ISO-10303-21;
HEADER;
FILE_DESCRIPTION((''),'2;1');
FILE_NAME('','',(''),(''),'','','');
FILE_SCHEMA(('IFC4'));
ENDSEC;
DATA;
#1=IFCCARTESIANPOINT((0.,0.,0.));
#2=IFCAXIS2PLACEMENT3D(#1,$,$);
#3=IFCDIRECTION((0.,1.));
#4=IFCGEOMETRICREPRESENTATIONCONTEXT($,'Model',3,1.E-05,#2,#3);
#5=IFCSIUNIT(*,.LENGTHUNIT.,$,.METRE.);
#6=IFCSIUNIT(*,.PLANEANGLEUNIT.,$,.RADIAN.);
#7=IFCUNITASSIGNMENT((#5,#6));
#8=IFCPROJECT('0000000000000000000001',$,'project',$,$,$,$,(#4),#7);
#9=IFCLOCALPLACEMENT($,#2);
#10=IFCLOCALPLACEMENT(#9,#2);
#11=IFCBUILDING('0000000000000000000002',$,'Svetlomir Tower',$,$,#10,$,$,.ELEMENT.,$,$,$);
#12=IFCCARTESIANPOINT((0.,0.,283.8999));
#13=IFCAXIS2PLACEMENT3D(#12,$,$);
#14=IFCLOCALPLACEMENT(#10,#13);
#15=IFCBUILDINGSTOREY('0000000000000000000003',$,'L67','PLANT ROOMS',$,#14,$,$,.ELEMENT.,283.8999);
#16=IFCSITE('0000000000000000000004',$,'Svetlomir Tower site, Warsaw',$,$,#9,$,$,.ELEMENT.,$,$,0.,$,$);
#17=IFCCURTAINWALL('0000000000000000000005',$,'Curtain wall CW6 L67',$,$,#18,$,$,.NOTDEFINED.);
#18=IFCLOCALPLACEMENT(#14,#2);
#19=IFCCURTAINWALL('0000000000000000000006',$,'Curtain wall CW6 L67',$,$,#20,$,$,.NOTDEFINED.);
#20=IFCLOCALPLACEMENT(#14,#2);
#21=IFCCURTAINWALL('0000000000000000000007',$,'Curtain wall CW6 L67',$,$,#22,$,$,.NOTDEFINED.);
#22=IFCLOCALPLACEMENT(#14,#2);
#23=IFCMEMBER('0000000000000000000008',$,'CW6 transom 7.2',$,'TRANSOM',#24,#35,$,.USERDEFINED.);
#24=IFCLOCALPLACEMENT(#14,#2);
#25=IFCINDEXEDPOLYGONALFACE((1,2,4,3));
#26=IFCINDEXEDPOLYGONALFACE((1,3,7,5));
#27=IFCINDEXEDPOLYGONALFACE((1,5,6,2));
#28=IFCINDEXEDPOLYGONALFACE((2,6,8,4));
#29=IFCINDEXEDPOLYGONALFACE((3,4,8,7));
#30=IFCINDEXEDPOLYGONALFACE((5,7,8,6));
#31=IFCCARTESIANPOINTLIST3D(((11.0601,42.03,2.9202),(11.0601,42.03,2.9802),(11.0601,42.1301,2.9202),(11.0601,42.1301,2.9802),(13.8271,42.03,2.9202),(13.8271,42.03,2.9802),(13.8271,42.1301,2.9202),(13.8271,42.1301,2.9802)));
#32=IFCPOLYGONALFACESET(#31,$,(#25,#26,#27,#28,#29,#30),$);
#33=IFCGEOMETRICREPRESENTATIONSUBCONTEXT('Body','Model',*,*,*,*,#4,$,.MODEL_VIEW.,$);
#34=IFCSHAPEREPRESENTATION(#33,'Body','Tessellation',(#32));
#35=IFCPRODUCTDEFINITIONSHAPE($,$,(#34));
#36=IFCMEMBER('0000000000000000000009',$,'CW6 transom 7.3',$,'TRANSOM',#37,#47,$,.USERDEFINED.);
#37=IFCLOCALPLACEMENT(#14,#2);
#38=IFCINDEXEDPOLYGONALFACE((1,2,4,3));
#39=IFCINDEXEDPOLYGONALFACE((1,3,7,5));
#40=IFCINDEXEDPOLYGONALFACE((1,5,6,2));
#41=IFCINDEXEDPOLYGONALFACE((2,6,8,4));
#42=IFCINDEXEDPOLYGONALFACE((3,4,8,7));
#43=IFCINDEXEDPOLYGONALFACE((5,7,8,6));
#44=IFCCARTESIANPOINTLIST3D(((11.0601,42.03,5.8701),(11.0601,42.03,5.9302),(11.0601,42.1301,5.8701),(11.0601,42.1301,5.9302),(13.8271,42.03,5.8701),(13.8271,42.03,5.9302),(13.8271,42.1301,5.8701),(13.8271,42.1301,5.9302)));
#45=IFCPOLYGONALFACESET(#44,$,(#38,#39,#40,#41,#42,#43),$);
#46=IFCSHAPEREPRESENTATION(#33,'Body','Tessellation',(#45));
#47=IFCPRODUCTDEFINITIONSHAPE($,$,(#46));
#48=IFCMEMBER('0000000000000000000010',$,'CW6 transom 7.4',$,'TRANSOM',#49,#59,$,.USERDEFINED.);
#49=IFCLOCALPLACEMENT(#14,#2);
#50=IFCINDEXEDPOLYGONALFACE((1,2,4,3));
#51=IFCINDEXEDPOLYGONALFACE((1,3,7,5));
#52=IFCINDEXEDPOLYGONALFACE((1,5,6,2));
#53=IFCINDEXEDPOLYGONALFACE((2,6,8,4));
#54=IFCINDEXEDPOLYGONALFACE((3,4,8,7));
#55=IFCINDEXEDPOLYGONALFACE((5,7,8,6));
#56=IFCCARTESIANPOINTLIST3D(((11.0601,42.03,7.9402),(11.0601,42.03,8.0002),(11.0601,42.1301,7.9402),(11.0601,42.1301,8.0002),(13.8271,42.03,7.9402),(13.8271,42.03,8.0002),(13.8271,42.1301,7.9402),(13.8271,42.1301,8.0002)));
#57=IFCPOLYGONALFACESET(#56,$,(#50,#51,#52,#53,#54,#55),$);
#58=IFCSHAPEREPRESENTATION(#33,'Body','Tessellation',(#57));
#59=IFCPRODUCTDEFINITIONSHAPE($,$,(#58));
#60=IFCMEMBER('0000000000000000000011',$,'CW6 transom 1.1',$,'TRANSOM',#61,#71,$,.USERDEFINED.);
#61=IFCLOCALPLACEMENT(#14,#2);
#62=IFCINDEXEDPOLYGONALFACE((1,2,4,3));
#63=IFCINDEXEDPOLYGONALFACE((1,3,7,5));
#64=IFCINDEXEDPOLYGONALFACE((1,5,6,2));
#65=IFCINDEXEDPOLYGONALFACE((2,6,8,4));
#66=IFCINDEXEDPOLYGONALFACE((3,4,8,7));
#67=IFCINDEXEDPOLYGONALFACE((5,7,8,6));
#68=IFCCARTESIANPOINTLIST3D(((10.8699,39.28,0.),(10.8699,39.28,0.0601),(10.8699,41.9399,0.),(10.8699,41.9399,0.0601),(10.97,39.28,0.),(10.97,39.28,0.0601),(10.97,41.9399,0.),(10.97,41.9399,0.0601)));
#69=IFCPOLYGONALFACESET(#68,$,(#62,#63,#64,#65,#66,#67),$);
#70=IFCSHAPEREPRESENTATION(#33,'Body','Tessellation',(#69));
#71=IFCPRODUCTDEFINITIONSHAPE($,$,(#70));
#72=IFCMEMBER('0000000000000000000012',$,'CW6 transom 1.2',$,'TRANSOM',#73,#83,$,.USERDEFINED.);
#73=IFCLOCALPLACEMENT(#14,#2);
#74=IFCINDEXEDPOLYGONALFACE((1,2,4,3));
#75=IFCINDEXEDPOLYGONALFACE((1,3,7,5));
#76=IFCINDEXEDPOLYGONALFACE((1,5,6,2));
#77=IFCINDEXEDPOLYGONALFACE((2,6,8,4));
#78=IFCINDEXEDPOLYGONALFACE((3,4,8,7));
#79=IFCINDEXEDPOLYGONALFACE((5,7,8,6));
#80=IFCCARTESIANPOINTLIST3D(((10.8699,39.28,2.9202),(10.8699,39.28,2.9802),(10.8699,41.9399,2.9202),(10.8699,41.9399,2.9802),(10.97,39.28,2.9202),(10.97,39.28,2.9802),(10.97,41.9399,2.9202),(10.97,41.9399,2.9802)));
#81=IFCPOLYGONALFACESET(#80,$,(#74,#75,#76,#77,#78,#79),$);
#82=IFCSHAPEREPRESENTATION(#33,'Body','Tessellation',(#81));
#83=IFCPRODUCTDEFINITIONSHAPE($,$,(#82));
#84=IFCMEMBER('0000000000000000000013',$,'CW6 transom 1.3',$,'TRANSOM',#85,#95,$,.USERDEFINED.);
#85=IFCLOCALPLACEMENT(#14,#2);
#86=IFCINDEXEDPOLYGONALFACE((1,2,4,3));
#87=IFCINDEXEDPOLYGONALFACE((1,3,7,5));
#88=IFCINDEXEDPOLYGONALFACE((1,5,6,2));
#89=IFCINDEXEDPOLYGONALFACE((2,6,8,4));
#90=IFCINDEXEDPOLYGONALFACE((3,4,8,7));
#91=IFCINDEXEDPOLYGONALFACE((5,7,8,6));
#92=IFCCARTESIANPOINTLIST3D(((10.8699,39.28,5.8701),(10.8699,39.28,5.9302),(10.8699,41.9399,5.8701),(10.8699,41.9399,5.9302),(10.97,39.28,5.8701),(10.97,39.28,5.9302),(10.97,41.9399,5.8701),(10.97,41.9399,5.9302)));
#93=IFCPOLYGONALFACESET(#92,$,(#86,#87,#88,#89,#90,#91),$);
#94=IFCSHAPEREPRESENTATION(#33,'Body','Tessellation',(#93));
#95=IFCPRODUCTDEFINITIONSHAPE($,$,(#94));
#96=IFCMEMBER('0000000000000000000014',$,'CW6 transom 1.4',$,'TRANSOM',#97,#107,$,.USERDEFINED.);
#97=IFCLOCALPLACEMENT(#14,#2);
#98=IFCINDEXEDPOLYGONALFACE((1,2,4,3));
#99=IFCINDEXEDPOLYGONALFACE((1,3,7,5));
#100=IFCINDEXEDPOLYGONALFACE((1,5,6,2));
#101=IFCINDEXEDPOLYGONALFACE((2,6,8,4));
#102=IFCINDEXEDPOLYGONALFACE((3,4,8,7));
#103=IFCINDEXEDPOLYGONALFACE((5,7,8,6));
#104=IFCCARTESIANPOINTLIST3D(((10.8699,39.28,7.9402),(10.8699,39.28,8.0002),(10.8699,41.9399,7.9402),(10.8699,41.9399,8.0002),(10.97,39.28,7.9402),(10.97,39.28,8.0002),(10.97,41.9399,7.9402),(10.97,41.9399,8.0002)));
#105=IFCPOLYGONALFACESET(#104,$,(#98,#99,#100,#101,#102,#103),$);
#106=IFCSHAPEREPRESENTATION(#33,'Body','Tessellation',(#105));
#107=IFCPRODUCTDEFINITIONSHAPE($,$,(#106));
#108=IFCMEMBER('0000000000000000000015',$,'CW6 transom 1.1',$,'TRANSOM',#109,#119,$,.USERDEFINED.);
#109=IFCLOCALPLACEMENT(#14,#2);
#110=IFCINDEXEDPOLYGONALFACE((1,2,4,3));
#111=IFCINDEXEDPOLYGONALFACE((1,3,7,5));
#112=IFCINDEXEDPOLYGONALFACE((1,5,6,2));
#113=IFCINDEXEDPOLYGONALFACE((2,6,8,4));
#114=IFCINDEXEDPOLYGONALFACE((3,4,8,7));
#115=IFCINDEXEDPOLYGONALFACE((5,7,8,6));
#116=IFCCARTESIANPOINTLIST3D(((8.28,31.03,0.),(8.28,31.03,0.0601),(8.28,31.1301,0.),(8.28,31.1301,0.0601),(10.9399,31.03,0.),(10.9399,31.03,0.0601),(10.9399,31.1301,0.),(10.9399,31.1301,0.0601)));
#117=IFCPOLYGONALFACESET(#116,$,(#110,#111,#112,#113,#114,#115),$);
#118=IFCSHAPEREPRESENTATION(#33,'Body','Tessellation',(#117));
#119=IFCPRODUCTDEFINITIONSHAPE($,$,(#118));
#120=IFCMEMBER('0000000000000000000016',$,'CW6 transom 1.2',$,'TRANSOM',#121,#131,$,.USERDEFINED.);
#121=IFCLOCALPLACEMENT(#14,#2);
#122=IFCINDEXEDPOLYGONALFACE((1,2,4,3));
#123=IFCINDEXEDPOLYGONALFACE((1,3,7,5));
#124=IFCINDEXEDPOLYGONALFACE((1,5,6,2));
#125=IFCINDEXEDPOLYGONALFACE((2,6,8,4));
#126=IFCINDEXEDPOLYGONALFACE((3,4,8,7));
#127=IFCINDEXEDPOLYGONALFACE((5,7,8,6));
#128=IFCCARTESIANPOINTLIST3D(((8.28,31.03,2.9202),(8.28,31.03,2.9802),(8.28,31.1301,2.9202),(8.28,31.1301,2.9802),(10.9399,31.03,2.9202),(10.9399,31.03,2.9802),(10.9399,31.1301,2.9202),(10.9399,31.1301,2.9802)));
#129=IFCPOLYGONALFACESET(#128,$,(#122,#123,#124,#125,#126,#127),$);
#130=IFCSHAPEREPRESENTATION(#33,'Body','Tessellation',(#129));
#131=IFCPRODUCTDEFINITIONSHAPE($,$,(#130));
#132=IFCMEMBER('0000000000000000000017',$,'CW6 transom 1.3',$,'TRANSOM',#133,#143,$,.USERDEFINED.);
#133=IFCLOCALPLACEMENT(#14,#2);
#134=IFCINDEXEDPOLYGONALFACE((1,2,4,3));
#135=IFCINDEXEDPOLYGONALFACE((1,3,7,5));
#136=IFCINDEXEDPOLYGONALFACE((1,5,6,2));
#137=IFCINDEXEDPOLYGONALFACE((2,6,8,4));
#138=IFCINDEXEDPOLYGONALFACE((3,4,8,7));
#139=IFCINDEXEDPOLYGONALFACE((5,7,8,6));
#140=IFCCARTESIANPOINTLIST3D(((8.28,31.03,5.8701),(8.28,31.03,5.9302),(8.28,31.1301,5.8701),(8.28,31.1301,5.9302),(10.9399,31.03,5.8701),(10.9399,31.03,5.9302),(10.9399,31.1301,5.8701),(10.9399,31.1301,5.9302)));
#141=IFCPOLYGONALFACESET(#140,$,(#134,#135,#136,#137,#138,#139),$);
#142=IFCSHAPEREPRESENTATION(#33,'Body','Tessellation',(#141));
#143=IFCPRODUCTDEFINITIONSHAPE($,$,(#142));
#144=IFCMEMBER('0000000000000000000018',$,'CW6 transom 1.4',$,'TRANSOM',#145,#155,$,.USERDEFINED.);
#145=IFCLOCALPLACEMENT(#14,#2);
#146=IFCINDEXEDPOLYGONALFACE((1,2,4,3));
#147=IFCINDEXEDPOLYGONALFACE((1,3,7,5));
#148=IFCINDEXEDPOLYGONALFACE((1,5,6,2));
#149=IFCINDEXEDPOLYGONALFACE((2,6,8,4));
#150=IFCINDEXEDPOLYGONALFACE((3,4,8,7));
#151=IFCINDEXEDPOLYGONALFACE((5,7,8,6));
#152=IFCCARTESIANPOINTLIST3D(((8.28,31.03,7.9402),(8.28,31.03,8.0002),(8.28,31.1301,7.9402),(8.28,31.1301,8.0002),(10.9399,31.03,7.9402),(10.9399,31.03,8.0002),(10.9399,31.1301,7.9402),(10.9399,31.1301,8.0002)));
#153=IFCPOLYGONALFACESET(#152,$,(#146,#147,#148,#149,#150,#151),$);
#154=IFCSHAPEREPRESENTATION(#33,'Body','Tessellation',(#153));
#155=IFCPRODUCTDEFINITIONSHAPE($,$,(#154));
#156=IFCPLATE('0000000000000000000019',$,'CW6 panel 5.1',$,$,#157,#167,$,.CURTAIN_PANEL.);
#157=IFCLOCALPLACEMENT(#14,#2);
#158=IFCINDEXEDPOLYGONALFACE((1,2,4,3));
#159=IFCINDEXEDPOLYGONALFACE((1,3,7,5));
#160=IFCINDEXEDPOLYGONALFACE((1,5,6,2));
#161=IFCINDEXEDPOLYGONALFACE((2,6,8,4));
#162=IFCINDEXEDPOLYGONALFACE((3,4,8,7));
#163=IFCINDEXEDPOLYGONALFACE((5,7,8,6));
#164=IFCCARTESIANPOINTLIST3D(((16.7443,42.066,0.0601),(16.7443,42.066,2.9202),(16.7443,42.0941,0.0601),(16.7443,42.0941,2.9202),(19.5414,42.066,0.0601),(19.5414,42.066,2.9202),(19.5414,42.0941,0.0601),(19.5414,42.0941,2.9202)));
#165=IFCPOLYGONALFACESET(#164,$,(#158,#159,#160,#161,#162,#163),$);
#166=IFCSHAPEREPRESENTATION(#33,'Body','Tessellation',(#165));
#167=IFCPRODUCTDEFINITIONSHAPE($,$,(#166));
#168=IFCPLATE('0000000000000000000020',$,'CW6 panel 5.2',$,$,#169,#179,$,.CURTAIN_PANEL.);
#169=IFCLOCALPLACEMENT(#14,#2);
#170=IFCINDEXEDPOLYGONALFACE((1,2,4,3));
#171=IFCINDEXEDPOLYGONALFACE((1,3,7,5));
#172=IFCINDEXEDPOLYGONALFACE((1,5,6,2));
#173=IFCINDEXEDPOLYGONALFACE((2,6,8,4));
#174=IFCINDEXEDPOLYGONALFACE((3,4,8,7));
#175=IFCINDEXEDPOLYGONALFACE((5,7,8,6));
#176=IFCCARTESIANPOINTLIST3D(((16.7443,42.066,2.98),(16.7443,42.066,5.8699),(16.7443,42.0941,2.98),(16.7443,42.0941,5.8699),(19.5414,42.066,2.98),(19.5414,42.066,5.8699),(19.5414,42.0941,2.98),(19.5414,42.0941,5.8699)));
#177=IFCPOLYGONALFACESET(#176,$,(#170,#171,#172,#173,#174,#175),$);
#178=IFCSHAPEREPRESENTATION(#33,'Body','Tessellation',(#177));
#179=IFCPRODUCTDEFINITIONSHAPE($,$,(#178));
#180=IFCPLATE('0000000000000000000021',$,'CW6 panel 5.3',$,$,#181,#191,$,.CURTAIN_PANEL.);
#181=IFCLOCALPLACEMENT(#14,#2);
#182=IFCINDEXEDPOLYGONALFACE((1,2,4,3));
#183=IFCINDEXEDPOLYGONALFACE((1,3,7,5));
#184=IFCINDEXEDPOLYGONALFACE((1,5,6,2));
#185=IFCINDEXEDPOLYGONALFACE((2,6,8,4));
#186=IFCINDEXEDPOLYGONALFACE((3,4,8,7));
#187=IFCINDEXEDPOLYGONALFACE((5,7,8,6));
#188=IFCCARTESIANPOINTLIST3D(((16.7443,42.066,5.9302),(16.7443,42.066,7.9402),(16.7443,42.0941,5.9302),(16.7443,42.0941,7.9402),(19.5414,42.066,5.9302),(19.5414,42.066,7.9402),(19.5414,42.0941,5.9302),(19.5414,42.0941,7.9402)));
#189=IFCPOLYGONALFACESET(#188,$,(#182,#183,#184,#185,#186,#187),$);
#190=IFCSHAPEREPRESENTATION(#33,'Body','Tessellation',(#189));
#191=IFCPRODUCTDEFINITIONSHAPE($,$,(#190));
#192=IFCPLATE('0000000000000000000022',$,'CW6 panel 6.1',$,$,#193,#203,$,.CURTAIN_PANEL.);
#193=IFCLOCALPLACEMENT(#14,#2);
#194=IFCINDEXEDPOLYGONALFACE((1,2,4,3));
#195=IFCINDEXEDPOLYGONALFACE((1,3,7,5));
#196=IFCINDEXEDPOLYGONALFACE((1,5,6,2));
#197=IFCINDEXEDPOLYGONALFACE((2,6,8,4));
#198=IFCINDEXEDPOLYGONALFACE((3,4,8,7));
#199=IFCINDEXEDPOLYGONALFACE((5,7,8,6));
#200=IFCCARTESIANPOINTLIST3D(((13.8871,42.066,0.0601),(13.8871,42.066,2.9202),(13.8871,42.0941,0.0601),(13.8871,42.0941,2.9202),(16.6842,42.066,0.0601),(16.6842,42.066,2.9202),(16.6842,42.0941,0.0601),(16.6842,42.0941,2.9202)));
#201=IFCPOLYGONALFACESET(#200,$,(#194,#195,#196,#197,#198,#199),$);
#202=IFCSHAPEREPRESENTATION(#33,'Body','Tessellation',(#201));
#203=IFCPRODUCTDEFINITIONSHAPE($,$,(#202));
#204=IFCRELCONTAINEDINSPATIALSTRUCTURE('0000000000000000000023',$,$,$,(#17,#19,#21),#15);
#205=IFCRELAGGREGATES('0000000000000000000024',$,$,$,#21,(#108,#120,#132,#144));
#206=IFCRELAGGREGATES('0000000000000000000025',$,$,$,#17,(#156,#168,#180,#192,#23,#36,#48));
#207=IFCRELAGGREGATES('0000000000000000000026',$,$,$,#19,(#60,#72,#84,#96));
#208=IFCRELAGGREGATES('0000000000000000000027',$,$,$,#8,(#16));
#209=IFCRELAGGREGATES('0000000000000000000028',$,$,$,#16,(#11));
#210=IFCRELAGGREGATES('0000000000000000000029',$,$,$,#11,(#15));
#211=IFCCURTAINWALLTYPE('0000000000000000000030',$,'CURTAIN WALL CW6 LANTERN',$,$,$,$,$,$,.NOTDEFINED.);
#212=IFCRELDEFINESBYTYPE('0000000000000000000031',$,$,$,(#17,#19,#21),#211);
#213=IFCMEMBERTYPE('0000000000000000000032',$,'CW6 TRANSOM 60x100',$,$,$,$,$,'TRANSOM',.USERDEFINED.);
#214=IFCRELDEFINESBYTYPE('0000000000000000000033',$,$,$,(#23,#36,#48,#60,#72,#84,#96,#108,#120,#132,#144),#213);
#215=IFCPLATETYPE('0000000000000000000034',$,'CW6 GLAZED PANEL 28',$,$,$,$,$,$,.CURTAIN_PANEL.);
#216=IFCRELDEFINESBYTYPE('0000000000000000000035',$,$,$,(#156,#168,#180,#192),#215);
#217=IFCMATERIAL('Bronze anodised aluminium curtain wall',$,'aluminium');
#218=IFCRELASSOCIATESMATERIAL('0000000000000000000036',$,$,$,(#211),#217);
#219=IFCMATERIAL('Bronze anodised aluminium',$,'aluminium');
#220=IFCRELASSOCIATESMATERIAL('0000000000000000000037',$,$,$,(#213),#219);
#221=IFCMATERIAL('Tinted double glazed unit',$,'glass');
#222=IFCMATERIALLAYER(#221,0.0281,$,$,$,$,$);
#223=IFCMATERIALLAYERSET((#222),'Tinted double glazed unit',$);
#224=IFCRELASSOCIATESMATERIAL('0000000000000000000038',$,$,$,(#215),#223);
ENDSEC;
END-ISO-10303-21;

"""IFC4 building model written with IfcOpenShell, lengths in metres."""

from ifc_helpers import new_model, si_unit, direction, frame, origin, origin_2d, place, context, subcontext, project, spatial, rectangle, extrude, material, layer, layer_set, material_profile, profile_set, type_object, element, aggregate, save


model = new_model("IFC4")

# Units and contexts
model_context = context("Model", 3, precision=1e-05, world=origin(), true_north=direction((0.0, 1.0)))
body_context = subcontext(model_context, "Body", "Model", "MODEL_VIEW")
ifc_project = project(units=[si_unit("LENGTHUNIT", "METRE"), si_unit("PLANEANGLEUNIT", "RADIAN")], contexts=[model_context])

# Site, building, storey
site_placement = place(None, origin())
site = spatial("IfcSite", under=ifc_project, at=site_placement, Name="Svetlomir Tower site, Warsaw", CompositionType="ELEMENT", RefElevation=0.0)
building_placement = place(site_placement, origin())
building = spatial("IfcBuilding", under=site, at=building_placement, Name="Svetlomir Tower", CompositionType="ELEMENT")
storey_placement = place(building_placement, frame((0.0, 0.0, 283.8999)))
storey = spatial("IfcBuildingStorey", under=building, at=storey_placement, Name="L67", Description="PLANT ROOMS", CompositionType="ELEMENT", Elevation=283.8999)

# Curtain wall
ifc_material_1 = material(Name="Bronze anodised aluminium curtain wall", Category="aluminium")
curtain_wall_type = type_object("IfcCurtainWallType", Name="CURTAIN WALL CW6 LANTERN", PredefinedType="NOTDEFINED", material=ifc_material_1)
curtain_wall_1_placement = place(storey_placement, origin())
curtain_wall_1 = element("IfcCurtainWall", 1, at=curtain_wall_1_placement, inside=storey, type_object=curtain_wall_type, Name="Curtain wall CW6 L67", PredefinedType="NOTDEFINED")

# Curtain walls
curtain_wall_2_placement = place(storey_placement, origin())
curtain_wall_2 = element("IfcCurtainWall", 2, at=curtain_wall_2_placement, inside=storey, type_object=curtain_wall_type, Name="Curtain wall CW6 L67", PredefinedType="NOTDEFINED")
curtain_wall_3_placement = place(storey_placement, origin())
curtain_wall_3 = element("IfcCurtainWall", 3, at=curtain_wall_3_placement, inside=storey, type_object=curtain_wall_type, Name="Curtain wall CW6 L67", PredefinedType="NOTDEFINED")

# Members
ifc_material_2 = material(Name="Bronze anodised aluminium", Category="aluminium")
ifc_material_profile_1 = material_profile(ifc_material_2, rectangle(XDim=0.1001, YDim=0.0601, at=origin_2d()), Name="AL 100x60")
ifc_profile_set_1 = profile_set([ifc_material_profile_1], Name="Bronze anodised aluminium 6063-T6")
member_type_1 = type_object("IfcMemberType", Name="CW6 TRANSOM 60x100", ElementType="TRANSOM", PredefinedType="USERDEFINED", material=ifc_profile_set_1)
member_1_placement = place(storey_placement, frame((13.8271, 42.0801, 2.9502), z_axis=(-1.0, 0.0, 0.0), x_axis=(0.0, -1.0, 0.0)))
member_1 = element("IfcMember", 4, at=member_1_placement, type_object=member_type_1, Name="CW6 transom 7.2", ObjectType="TRANSOM", PredefinedType="USERDEFINED", context=body_context, shape_type="SweptSolid", body=[
    extrude(rectangle(XDim=0.1001, YDim=0.0601, at=origin_2d()), origin(), (0.0, 0.0, 1.0), 2.7671),
])
member_2_placement = place(storey_placement, frame((13.8271, 42.0801, 5.9001), z_axis=(-1.0, 0.0, 0.0), x_axis=(0.0, -1.0, 0.0)))
member_2 = element("IfcMember", 5, at=member_2_placement, type_object=member_type_1, Name="CW6 transom 7.3", ObjectType="TRANSOM", PredefinedType="USERDEFINED", context=body_context, shape_type="SweptSolid", body=[
    extrude(rectangle(XDim=0.1001, YDim=0.0601, at=origin_2d()), origin(), (0.0, 0.0, 1.0), 2.7671),
])
member_3_placement = place(storey_placement, frame((13.8271, 42.0801, 7.9702), z_axis=(-1.0, 0.0, 0.0), x_axis=(0.0, -1.0, 0.0)))
member_3 = element("IfcMember", 6, at=member_3_placement, type_object=member_type_1, Name="CW6 transom 7.4", ObjectType="TRANSOM", PredefinedType="USERDEFINED", context=body_context, shape_type="SweptSolid", body=[
    extrude(rectangle(XDim=0.1001, YDim=0.0601, at=origin_2d()), origin(), (0.0, 0.0, 1.0), 2.7671),
])
member_4_placement = place(storey_placement, frame((10.9199, 41.9399, 0.03), z_axis=(0.0, -1.0, 0.0), x_axis=(1.0, 0.0, 0.0)))
member_4 = element("IfcMember", 7, at=member_4_placement, type_object=member_type_1, Name="CW6 transom 1.1", ObjectType="TRANSOM", PredefinedType="USERDEFINED", context=body_context, shape_type="SweptSolid", body=[
    extrude(rectangle(XDim=0.1001, YDim=0.0601, at=origin_2d()), origin(), (0.0, 0.0, 1.0), 2.6599),
])
member_5_placement = place(storey_placement, frame((10.9199, 41.9399, 2.9502), z_axis=(0.0, -1.0, 0.0), x_axis=(1.0, 0.0, 0.0)))
member_5 = element("IfcMember", 8, at=member_5_placement, type_object=member_type_1, Name="CW6 transom 1.2", ObjectType="TRANSOM", PredefinedType="USERDEFINED", context=body_context, shape_type="SweptSolid", body=[
    extrude(rectangle(XDim=0.1001, YDim=0.0601, at=origin_2d()), origin(), (0.0, 0.0, 1.0), 2.6599),
])
member_6_placement = place(storey_placement, frame((10.9199, 41.9399, 5.9001), z_axis=(0.0, -1.0, 0.0), x_axis=(1.0, 0.0, 0.0)))
member_6 = element("IfcMember", 9, at=member_6_placement, type_object=member_type_1, Name="CW6 transom 1.3", ObjectType="TRANSOM", PredefinedType="USERDEFINED", context=body_context, shape_type="SweptSolid", body=[
    extrude(rectangle(XDim=0.1001, YDim=0.0601, at=origin_2d()), origin(), (0.0, 0.0, 1.0), 2.6599),
])
member_7_placement = place(storey_placement, frame((10.9199, 41.9399, 7.9702), z_axis=(0.0, -1.0, 0.0), x_axis=(1.0, 0.0, 0.0)))
member_7 = element("IfcMember", 10, at=member_7_placement, type_object=member_type_1, Name="CW6 transom 1.4", ObjectType="TRANSOM", PredefinedType="USERDEFINED", context=body_context, shape_type="SweptSolid", body=[
    extrude(rectangle(XDim=0.1001, YDim=0.0601, at=origin_2d()), origin(), (0.0, 0.0, 1.0), 2.6599),
])
member_8_placement = place(storey_placement, frame((10.9399, 31.0801, 0.03), z_axis=(-1.0, 0.0, 0.0), x_axis=(0.0, -1.0, 0.0)))
member_8 = element("IfcMember", 11, at=member_8_placement, type_object=member_type_1, Name="CW6 transom 1.1", ObjectType="TRANSOM", PredefinedType="USERDEFINED", context=body_context, shape_type="SweptSolid", body=[
    extrude(rectangle(XDim=0.1001, YDim=0.0601, at=origin_2d()), origin(), (0.0, 0.0, 1.0), 2.6599),
])
member_9_placement = place(storey_placement, frame((10.9399, 31.0801, 2.9502), z_axis=(-1.0, 0.0, 0.0), x_axis=(0.0, -1.0, 0.0)))
member_9 = element("IfcMember", 12, at=member_9_placement, type_object=member_type_1, Name="CW6 transom 1.2", ObjectType="TRANSOM", PredefinedType="USERDEFINED", context=body_context, shape_type="SweptSolid", body=[
    extrude(rectangle(XDim=0.1001, YDim=0.0601, at=origin_2d()), origin(), (0.0, 0.0, 1.0), 2.6599),
])
member_10_placement = place(storey_placement, frame((10.9399, 31.0801, 5.9001), z_axis=(-1.0, 0.0, 0.0), x_axis=(0.0, -1.0, 0.0)))
member_10 = element("IfcMember", 13, at=member_10_placement, type_object=member_type_1, Name="CW6 transom 1.3", ObjectType="TRANSOM", PredefinedType="USERDEFINED", context=body_context, shape_type="SweptSolid", body=[
    extrude(rectangle(XDim=0.1001, YDim=0.0601, at=origin_2d()), origin(), (0.0, 0.0, 1.0), 2.6599),
])
member_11_placement = place(storey_placement, frame((10.9399, 31.0801, 7.9702), z_axis=(-1.0, 0.0, 0.0), x_axis=(0.0, -1.0, 0.0)))
member_11 = element("IfcMember", 14, at=member_11_placement, type_object=member_type_1, Name="CW6 transom 1.4", ObjectType="TRANSOM", PredefinedType="USERDEFINED", context=body_context, shape_type="SweptSolid", body=[
    extrude(rectangle(XDim=0.1001, YDim=0.0601, at=origin_2d()), origin(), (0.0, 0.0, 1.0), 2.6599),
])
aggregate(curtain_wall_3, [member_8, member_9, member_10, member_11])

# Plates
ifc_material_3 = material(Name="Tinted double glazed unit", Category="glass")
ifc_layer = layer(ifc_material_3, 0.0281)
ifc_layer_set = layer_set([ifc_layer], Name="Tinted double glazed unit")
plate_type = type_object("IfcPlateType", Name="CW6 GLAZED PANEL 28", PredefinedType="CURTAIN_PANEL", material=ifc_layer_set)
plate_1_placement = place(storey_placement, frame((18.1428, 42.0801, 0.0601), z_axis=(0.0, 0.0, 1.0), x_axis=(-1.0, 0.0, 0.0)))
plate_1 = element("IfcPlate", 15, at=plate_1_placement, type_object=plate_type, Name="CW6 panel 5.1", PredefinedType="CURTAIN_PANEL", context=body_context, shape_type="SweptSolid", body=[
    extrude(rectangle(XDim=2.7971, YDim=0.0281, at=origin_2d()), origin(), (0.0, 0.0, 1.0), 2.8601),
])
plate_2_placement = place(storey_placement, frame((18.1428, 42.0801, 2.98), z_axis=(0.0, 0.0, 1.0), x_axis=(-1.0, 0.0, 0.0)))
plate_2 = element("IfcPlate", 16, at=plate_2_placement, type_object=plate_type, Name="CW6 panel 5.2", PredefinedType="CURTAIN_PANEL", context=body_context, shape_type="SweptSolid", body=[
    extrude(rectangle(XDim=2.7971, YDim=0.0281, at=origin_2d()), origin(), (0.0, 0.0, 1.0), 2.8899),
])
plate_3_placement = place(storey_placement, frame((18.1428, 42.0801, 5.9302), z_axis=(0.0, 0.0, 1.0), x_axis=(-1.0, 0.0, 0.0)))
plate_3 = element("IfcPlate", 17, at=plate_3_placement, type_object=plate_type, Name="CW6 panel 5.3", PredefinedType="CURTAIN_PANEL", context=body_context, shape_type="SweptSolid", body=[
    extrude(rectangle(XDim=2.7971, YDim=0.0281, at=origin_2d()), origin(), (0.0, 0.0, 1.0), 2.01),
])
plate_4_placement = place(storey_placement, frame((15.2856, 42.0801, 0.0601), z_axis=(0.0, 0.0, 1.0), x_axis=(-1.0, 0.0, 0.0)))
plate_4 = element("IfcPlate", 18, at=plate_4_placement, type_object=plate_type, Name="CW6 panel 6.1", PredefinedType="CURTAIN_PANEL", context=body_context, shape_type="SweptSolid", body=[
    extrude(rectangle(XDim=2.7971, YDim=0.0281, at=origin_2d()), origin(), (0.0, 0.0, 1.0), 2.8601),
])
aggregate(curtain_wall_1, [plate_1, plate_2, plate_3, plate_4, member_1, member_2, member_3])
aggregate(curtain_wall_2, [member_4, member_5, member_6, member_7])

save(model, "model.ifc")
